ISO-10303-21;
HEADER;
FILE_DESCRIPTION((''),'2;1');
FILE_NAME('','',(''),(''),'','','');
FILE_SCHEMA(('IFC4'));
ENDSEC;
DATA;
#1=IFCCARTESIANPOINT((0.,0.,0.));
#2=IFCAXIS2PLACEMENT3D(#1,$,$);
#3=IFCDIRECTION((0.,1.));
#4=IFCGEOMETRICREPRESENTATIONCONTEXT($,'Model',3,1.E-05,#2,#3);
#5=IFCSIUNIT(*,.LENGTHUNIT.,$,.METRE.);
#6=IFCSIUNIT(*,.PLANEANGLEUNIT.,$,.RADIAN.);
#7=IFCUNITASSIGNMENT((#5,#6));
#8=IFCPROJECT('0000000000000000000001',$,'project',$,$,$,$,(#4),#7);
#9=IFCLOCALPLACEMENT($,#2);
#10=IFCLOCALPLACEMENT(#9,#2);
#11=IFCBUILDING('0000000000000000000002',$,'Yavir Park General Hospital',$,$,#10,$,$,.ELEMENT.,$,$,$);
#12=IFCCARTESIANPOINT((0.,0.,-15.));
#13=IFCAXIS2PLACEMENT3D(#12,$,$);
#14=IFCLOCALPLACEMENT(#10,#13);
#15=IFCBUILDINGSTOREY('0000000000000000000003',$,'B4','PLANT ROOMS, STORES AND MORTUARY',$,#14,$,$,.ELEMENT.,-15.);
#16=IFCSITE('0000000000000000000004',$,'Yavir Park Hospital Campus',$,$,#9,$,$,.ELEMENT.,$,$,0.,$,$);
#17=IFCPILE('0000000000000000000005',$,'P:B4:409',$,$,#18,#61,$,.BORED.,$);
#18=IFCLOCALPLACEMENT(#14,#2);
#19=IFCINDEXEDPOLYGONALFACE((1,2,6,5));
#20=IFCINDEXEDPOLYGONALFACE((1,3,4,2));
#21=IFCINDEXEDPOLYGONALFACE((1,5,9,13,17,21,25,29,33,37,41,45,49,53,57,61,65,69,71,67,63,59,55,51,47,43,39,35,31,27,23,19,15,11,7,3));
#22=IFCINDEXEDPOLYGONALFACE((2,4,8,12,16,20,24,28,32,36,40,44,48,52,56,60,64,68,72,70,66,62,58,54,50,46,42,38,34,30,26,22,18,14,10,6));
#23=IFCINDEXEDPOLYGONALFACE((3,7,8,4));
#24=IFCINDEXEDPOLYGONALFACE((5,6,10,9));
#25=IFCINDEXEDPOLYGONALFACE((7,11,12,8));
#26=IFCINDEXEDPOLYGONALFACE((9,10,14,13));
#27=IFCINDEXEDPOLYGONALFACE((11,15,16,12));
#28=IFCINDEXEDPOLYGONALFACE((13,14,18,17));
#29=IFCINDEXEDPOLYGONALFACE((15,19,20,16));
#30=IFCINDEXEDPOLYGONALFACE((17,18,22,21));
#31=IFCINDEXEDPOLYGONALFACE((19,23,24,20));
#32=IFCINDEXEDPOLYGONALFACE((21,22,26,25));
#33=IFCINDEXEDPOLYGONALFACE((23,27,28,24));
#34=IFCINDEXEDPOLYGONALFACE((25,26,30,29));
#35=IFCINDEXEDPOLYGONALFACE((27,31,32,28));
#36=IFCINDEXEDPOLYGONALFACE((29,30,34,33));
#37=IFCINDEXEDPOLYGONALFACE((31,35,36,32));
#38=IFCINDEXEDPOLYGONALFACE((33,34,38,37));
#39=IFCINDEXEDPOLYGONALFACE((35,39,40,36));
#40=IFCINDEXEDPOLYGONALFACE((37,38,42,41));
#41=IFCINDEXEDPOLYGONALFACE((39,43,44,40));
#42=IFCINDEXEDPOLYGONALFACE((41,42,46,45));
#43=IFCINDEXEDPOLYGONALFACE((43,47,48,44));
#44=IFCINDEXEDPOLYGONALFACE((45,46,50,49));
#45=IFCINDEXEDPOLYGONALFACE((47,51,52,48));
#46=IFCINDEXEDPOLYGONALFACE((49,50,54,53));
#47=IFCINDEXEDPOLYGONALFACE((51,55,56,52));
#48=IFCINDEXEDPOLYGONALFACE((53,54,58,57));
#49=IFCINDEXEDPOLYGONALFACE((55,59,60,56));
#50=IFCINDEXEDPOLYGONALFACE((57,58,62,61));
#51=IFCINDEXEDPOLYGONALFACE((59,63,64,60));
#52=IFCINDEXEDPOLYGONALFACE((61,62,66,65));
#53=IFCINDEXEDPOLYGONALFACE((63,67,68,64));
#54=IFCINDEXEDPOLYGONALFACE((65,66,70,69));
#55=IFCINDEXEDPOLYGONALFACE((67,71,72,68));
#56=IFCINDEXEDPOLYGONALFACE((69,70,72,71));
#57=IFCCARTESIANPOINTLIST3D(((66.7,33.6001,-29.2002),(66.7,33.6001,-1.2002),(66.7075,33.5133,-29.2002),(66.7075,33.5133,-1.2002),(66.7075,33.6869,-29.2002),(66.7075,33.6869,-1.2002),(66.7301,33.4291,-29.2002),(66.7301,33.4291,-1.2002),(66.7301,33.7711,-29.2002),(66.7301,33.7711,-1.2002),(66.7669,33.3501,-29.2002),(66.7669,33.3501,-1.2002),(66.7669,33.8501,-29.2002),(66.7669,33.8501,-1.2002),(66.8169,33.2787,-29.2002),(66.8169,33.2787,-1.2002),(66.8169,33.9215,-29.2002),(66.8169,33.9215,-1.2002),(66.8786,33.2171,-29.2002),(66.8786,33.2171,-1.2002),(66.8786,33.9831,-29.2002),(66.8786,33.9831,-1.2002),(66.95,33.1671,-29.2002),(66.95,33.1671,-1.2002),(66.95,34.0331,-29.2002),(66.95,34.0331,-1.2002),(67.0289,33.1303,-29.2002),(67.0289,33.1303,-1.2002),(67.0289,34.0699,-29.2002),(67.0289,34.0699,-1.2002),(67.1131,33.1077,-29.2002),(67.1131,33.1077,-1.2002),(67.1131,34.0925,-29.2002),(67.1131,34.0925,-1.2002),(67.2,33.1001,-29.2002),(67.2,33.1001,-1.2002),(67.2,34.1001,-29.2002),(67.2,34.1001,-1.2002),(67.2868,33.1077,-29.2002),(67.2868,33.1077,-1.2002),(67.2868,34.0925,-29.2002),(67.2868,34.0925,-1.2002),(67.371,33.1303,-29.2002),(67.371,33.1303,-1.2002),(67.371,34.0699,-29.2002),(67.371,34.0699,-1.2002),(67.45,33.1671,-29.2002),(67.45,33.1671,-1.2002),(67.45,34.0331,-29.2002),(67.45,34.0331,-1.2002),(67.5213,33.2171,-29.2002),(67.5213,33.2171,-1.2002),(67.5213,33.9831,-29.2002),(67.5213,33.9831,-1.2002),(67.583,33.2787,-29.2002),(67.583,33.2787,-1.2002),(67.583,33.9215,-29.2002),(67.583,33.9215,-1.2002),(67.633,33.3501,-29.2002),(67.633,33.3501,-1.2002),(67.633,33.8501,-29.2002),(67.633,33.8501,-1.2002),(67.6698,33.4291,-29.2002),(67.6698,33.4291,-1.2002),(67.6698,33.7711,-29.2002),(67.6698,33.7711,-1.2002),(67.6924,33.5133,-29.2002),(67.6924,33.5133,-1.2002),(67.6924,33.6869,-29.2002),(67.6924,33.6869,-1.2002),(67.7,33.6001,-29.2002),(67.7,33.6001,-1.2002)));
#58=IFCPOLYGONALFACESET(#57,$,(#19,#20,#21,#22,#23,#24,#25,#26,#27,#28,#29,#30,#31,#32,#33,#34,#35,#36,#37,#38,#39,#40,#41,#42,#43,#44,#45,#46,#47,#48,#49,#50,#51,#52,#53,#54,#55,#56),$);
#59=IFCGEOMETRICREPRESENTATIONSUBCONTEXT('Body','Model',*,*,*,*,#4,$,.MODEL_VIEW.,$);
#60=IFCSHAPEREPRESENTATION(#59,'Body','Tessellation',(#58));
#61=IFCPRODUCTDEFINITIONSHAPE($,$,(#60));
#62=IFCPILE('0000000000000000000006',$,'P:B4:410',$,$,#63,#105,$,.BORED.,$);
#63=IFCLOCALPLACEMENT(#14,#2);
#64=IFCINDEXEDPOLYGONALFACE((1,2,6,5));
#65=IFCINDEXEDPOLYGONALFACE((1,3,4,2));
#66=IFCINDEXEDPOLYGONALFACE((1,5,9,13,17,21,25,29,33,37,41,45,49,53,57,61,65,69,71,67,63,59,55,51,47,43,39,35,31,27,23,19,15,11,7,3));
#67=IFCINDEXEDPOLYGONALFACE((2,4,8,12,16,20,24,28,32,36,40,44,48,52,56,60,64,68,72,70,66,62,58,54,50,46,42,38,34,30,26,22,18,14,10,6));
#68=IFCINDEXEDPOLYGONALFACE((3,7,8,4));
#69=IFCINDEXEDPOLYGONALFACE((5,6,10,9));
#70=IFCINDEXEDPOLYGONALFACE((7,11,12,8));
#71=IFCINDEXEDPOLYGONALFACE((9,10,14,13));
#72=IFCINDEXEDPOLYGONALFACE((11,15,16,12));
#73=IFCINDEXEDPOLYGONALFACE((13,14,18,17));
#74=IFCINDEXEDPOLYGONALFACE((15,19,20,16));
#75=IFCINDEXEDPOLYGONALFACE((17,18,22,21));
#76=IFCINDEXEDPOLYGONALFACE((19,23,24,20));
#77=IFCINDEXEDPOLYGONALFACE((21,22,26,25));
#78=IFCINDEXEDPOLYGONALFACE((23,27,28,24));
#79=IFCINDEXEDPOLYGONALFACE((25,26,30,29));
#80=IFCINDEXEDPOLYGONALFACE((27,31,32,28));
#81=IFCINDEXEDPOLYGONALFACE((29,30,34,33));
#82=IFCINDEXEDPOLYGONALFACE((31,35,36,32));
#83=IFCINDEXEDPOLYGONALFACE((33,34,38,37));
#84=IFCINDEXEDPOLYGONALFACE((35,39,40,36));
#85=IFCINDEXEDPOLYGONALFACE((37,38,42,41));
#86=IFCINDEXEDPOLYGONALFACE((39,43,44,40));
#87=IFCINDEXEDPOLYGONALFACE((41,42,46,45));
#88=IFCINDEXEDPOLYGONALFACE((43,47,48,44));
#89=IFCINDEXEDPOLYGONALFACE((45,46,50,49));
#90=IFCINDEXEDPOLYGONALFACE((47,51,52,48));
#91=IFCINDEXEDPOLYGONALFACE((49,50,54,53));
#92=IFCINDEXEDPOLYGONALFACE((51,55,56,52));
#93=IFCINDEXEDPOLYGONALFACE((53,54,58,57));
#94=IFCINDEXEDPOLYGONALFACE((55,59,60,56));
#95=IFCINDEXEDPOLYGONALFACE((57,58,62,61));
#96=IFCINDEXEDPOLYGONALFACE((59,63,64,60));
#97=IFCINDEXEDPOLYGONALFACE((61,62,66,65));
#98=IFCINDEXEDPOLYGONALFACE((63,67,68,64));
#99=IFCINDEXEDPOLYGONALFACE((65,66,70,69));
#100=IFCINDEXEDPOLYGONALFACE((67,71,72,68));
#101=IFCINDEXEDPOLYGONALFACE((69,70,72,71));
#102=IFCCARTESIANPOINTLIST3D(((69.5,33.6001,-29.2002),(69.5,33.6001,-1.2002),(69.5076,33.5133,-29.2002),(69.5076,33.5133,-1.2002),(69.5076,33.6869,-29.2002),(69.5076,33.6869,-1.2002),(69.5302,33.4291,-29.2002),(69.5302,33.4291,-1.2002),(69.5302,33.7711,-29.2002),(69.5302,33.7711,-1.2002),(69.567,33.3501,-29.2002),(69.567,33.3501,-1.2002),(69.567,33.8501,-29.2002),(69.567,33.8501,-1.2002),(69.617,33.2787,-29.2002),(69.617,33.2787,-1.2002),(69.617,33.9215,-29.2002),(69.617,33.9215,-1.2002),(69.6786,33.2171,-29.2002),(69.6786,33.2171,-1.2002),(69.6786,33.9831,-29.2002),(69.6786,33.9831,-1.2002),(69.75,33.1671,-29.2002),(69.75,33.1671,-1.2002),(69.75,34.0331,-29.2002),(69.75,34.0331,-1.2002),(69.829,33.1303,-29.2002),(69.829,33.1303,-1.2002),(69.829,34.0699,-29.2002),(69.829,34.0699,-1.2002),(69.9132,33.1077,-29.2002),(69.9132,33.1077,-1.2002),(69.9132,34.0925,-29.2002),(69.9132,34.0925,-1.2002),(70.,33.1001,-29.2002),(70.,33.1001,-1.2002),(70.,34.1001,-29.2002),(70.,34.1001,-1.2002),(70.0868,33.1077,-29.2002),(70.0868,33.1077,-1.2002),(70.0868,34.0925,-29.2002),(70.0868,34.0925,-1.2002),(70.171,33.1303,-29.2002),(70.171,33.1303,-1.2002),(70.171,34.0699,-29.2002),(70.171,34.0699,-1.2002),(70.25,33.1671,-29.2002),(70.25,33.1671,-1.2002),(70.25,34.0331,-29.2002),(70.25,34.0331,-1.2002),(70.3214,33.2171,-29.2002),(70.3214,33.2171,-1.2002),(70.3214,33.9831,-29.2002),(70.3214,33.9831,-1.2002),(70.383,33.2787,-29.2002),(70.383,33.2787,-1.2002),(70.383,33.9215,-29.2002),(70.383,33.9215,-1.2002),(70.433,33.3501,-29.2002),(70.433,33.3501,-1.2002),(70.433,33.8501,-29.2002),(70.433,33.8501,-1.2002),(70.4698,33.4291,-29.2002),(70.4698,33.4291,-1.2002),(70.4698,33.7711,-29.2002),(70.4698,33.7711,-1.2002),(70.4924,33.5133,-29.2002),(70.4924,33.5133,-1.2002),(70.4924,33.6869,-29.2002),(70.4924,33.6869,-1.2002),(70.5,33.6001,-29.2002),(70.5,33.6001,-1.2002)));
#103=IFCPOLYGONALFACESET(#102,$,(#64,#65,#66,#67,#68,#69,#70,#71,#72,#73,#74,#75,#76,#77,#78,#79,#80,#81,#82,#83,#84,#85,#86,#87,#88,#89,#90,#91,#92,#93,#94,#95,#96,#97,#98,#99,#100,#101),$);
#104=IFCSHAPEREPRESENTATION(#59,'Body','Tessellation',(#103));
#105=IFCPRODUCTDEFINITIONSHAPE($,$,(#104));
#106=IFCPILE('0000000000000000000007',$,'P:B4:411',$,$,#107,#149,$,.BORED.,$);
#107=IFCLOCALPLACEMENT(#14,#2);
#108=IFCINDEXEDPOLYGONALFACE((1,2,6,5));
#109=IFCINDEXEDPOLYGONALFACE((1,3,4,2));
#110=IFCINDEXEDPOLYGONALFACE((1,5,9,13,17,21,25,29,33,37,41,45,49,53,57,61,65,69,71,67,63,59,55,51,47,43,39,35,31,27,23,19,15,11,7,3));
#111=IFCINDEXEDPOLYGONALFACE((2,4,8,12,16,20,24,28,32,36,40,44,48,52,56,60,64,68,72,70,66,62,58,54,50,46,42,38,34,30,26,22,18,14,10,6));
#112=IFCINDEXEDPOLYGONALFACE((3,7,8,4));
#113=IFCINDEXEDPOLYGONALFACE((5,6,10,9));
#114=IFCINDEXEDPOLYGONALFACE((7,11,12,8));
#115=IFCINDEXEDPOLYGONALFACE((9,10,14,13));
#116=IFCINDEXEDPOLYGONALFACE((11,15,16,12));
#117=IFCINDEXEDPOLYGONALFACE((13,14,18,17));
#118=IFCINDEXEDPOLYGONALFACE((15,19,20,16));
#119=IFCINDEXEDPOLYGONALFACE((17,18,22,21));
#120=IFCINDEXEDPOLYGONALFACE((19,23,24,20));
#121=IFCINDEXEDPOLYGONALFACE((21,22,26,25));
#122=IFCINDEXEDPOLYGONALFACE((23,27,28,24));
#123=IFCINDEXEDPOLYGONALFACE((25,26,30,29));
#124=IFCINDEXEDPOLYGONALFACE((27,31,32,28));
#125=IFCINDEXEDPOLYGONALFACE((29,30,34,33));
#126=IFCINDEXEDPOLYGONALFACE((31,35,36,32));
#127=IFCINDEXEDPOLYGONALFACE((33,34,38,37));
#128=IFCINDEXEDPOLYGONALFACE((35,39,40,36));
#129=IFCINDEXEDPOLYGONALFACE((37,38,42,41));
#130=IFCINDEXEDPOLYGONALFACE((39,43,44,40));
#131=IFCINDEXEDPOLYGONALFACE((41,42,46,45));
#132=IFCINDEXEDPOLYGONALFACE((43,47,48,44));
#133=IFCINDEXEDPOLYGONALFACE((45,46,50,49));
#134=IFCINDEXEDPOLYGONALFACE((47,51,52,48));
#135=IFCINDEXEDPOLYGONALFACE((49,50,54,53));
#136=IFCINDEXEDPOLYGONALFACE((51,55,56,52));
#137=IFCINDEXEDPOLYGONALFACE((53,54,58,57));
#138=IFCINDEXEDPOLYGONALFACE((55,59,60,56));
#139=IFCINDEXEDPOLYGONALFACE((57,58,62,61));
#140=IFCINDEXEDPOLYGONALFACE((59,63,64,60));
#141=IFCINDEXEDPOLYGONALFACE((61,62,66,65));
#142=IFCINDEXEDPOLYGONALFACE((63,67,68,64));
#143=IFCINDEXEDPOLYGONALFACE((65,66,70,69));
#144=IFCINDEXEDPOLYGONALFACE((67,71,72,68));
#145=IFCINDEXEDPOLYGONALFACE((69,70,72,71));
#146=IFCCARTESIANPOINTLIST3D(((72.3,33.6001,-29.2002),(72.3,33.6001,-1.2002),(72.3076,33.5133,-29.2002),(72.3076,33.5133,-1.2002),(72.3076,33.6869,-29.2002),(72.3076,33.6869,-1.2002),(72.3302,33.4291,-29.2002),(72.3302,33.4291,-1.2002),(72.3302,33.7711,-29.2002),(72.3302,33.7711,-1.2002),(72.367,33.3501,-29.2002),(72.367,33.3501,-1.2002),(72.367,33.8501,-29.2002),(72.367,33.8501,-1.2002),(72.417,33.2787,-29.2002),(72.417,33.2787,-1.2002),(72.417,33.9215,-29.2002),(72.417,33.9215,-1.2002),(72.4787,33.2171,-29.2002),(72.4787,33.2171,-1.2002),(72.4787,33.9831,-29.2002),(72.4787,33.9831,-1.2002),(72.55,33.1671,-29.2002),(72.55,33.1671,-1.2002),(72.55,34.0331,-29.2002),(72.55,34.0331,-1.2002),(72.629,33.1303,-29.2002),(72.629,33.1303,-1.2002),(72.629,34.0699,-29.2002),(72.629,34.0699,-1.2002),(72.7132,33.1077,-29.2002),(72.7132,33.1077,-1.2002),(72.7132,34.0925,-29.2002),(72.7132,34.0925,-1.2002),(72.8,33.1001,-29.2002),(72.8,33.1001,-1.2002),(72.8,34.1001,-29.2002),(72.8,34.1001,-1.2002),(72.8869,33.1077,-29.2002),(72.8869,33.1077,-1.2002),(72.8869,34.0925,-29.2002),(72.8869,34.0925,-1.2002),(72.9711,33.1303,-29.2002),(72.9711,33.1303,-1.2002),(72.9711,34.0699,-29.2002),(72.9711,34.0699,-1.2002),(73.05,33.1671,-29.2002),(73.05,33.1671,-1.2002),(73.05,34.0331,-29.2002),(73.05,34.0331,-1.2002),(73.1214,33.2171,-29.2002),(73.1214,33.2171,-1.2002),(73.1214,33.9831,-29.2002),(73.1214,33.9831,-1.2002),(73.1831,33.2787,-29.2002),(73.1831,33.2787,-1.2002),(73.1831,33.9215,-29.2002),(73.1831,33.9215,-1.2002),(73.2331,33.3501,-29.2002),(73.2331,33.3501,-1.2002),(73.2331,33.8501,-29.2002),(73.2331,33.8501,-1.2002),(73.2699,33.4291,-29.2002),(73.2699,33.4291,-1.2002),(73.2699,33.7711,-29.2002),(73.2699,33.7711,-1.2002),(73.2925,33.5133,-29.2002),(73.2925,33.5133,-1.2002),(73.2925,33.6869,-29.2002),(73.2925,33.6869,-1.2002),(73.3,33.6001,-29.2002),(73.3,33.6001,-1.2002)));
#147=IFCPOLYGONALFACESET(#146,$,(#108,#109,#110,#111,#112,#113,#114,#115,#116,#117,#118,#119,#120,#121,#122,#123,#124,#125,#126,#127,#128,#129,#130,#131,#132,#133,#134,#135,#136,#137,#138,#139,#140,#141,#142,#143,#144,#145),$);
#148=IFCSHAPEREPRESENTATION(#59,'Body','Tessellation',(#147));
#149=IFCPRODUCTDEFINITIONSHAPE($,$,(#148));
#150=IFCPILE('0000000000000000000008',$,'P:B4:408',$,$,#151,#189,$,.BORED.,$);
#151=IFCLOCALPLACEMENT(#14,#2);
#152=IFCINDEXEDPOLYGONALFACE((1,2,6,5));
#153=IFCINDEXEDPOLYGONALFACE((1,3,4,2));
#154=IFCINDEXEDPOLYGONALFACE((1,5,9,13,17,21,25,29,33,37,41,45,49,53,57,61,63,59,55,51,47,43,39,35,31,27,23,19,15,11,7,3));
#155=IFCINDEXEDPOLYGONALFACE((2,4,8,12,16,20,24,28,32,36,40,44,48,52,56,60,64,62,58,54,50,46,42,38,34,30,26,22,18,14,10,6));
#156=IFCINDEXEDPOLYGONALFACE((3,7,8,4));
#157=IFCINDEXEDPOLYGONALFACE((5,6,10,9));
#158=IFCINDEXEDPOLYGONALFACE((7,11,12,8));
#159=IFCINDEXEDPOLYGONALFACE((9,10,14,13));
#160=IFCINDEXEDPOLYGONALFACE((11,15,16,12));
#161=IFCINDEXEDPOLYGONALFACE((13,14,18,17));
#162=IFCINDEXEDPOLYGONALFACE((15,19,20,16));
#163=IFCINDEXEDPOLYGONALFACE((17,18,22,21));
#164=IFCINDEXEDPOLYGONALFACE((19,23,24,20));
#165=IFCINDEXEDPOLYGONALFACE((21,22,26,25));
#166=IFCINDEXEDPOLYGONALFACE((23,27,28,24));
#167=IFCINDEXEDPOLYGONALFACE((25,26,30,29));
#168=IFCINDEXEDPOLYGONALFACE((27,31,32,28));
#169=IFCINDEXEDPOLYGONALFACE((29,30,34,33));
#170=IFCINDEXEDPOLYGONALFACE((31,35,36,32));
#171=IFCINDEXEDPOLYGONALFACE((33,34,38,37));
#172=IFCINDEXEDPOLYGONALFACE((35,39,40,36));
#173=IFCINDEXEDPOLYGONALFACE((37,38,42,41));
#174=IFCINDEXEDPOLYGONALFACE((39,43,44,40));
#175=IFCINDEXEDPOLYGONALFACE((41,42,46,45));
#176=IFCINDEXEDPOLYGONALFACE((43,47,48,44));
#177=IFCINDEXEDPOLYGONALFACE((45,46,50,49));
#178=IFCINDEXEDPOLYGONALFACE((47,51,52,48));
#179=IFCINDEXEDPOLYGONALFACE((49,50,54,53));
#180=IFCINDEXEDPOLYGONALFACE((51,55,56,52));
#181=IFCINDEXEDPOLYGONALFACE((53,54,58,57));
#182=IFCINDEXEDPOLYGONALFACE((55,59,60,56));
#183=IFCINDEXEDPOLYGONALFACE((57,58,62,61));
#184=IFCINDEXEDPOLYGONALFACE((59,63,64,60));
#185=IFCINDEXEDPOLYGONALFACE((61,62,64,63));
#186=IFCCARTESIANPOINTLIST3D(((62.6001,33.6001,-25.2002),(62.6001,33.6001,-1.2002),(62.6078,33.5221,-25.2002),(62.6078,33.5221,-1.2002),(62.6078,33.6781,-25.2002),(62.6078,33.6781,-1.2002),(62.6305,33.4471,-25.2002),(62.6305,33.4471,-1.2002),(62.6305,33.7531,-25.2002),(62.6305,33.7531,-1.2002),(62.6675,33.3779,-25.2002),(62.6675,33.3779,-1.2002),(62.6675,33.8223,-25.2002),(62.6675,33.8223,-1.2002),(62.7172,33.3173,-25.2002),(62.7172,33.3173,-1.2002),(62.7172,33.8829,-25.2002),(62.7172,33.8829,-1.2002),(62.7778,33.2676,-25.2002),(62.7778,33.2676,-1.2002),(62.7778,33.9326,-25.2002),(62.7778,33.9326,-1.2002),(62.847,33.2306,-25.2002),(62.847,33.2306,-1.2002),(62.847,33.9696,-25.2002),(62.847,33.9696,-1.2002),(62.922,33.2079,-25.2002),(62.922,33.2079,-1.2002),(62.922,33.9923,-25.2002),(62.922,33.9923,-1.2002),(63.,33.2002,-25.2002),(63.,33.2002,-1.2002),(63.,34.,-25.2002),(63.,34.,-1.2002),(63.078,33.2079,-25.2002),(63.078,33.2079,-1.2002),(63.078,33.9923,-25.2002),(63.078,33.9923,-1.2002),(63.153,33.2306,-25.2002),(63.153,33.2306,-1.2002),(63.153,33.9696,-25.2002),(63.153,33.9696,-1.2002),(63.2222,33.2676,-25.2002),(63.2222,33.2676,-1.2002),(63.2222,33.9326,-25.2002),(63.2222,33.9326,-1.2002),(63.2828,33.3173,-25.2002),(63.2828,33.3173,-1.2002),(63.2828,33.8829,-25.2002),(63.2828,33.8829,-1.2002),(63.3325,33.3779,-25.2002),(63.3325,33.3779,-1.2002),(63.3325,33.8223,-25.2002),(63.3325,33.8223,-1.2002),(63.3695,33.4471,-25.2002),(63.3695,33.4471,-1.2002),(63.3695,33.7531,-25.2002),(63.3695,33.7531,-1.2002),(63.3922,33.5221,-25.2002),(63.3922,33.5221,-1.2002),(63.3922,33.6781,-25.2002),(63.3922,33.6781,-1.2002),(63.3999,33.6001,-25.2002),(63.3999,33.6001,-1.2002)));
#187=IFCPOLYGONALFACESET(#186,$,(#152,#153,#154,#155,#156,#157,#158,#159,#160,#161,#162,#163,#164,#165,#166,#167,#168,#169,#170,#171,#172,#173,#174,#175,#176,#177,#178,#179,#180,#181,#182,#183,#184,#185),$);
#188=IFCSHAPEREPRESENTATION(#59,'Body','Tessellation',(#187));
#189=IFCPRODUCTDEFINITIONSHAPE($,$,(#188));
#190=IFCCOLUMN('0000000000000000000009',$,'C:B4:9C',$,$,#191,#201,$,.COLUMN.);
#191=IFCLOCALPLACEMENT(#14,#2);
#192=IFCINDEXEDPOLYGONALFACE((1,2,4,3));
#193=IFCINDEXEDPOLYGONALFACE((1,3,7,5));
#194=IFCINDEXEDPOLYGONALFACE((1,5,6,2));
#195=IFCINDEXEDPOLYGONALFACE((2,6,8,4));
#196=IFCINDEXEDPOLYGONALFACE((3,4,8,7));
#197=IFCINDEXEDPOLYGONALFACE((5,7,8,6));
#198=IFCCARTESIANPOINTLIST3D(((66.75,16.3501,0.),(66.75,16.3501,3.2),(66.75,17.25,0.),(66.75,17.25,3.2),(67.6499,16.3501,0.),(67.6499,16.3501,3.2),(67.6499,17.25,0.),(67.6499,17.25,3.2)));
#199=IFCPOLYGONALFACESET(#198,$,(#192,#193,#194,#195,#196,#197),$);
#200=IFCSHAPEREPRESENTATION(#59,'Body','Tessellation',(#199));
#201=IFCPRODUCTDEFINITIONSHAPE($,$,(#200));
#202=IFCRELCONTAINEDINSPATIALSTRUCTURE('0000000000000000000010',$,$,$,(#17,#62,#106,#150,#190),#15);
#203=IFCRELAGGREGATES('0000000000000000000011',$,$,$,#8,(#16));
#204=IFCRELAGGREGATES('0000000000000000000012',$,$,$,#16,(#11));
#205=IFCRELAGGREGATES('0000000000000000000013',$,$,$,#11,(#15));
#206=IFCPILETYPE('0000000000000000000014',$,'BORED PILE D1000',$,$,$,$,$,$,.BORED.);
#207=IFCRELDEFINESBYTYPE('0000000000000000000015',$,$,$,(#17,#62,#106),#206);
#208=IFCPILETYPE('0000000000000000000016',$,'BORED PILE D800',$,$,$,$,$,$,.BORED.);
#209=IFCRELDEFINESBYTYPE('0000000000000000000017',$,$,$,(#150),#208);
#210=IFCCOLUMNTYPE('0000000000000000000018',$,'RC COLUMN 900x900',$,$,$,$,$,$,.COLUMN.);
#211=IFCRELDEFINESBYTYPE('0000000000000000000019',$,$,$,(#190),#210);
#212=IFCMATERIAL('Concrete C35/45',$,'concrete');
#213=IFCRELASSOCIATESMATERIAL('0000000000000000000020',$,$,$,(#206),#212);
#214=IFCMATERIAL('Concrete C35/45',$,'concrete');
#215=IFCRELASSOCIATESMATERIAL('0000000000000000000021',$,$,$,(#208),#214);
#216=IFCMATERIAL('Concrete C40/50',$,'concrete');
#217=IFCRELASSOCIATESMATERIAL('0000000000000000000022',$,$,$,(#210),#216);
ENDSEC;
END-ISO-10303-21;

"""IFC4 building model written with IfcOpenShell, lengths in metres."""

from ifc_helpers import new_model, si_unit, direction, frame, origin, origin_2d, place, context, subcontext, project, spatial, rectangle, circle, extrude, material, material_profile, profile_set, type_object, element, save


model = new_model("IFC4")

# Units and contexts
model_context = context("Model", 3, precision=1e-05, world=origin(), true_north=direction((0.0, 1.0)))
body_context = subcontext(model_context, "Body", "Model", "MODEL_VIEW")
ifc_project = project(units=[si_unit("LENGTHUNIT", "METRE"), si_unit("PLANEANGLEUNIT", "RADIAN")], contexts=[model_context])

# Site, building, storey
site_placement = place(None, origin())
site = spatial("IfcSite", under=ifc_project, at=site_placement, Name="Yavir Park Hospital Campus", CompositionType="ELEMENT", RefElevation=0.0)
building_placement = place(site_placement, origin())
building = spatial("IfcBuilding", under=site, at=building_placement, Name="Yavir Park General Hospital", CompositionType="ELEMENT")
storey_placement = place(building_placement, frame((0.0, 0.0, -15.0)))
storey = spatial("IfcBuildingStorey", under=building, at=storey_placement, Name="B4", Description="PLANT ROOMS, STORES AND MORTUARY", CompositionType="ELEMENT", Elevation=-15.0)

# Piles
ifc_material_1 = material(Name="Concrete C35/45", Category="concrete")
ifc_material_profile_1 = material_profile(ifc_material_1, circle(Radius=0.5, at=origin_2d()), Name="D1000")
ifc_profile_set_1 = profile_set([ifc_material_profile_1], Name="Concrete C35/45")
pile_type_1 = type_object("IfcPileType", Name="BORED PILE D1000", PredefinedType="BORED", material=ifc_profile_set_1)
for number, where, z_axis, x_axis, name in (
    (1, (67.2, 33.6001, -1.2002), (0.0, 0.0, -1.0), (1.0, 0.0, 0.0), "P:B4:409"),
    (2, (70.0, 33.6001, -1.2002), (0.0, 0.0, -1.0), (1.0, 0.0, 0.0), "P:B4:410"),
    (3, (72.8, 33.6001, -1.2002), (0.0, 0.0, -1.0), (1.0, 0.0, 0.0), "P:B4:411"),
):
    element("IfcPile", number, at=place(storey_placement, frame(where, z_axis=z_axis, x_axis=x_axis)), inside=storey, type_object=pile_type_1, Name=name, PredefinedType="BORED", context=body_context, shape_type="SweptSolid", body=[
        extrude(circle(Radius=0.5, at=origin_2d()), origin(), (0.0, 0.0, 1.0), 28.0),
    ])
ifc_material_2 = material(Name="Concrete C35/45", Category="concrete")
ifc_material_profile_2 = material_profile(ifc_material_2, circle(Radius=0.3999, at=origin_2d()), Name="D800")
ifc_profile_set_2 = profile_set([ifc_material_profile_2], Name="Concrete C35/45")
pile_type_2 = type_object("IfcPileType", Name="BORED PILE D800", PredefinedType="BORED", material=ifc_profile_set_2)
pile_placement = place(storey_placement, frame((63.0, 33.6001, -1.2002), z_axis=(0.0, 0.0, -1.0), x_axis=(1.0, 0.0, 0.0)))
element("IfcPile", 4, at=pile_placement, inside=storey, type_object=pile_type_2, Name="P:B4:408", PredefinedType="BORED", context=body_context, shape_type="SweptSolid", body=[
    extrude(circle(Radius=0.3999, at=origin_2d()), origin(), (0.0, 0.0, 1.0), 24.0),
])

# Column
ifc_material_3 = material(Name="Concrete C40/50", Category="concrete")
ifc_material_profile_3 = material_profile(ifc_material_3, rectangle(XDim=0.8999, YDim=0.8999, at=origin_2d()), Name="RC900x900")
ifc_profile_set_3 = profile_set([ifc_material_profile_3], Name="Concrete C40/50")
column_type = type_object("IfcColumnType", Name="RC COLUMN 900x900", PredefinedType="COLUMN", material=ifc_profile_set_3)
column_placement = place(storey_placement, frame((67.2, 16.8, 0.0), z_axis=(0.0, 0.0, 1.0), x_axis=(1.0, 0.0, 0.0)))
element("IfcColumn", 5, at=column_placement, inside=storey, type_object=column_type, Name="C:B4:9C", PredefinedType="COLUMN", context=body_context, shape_type="SweptSolid", body=[
    extrude(rectangle(XDim=0.8999, YDim=0.8999, at=origin_2d()), origin(), (0.0, 0.0, 1.0), 3.2),
])

save(model, "model.ifc")
